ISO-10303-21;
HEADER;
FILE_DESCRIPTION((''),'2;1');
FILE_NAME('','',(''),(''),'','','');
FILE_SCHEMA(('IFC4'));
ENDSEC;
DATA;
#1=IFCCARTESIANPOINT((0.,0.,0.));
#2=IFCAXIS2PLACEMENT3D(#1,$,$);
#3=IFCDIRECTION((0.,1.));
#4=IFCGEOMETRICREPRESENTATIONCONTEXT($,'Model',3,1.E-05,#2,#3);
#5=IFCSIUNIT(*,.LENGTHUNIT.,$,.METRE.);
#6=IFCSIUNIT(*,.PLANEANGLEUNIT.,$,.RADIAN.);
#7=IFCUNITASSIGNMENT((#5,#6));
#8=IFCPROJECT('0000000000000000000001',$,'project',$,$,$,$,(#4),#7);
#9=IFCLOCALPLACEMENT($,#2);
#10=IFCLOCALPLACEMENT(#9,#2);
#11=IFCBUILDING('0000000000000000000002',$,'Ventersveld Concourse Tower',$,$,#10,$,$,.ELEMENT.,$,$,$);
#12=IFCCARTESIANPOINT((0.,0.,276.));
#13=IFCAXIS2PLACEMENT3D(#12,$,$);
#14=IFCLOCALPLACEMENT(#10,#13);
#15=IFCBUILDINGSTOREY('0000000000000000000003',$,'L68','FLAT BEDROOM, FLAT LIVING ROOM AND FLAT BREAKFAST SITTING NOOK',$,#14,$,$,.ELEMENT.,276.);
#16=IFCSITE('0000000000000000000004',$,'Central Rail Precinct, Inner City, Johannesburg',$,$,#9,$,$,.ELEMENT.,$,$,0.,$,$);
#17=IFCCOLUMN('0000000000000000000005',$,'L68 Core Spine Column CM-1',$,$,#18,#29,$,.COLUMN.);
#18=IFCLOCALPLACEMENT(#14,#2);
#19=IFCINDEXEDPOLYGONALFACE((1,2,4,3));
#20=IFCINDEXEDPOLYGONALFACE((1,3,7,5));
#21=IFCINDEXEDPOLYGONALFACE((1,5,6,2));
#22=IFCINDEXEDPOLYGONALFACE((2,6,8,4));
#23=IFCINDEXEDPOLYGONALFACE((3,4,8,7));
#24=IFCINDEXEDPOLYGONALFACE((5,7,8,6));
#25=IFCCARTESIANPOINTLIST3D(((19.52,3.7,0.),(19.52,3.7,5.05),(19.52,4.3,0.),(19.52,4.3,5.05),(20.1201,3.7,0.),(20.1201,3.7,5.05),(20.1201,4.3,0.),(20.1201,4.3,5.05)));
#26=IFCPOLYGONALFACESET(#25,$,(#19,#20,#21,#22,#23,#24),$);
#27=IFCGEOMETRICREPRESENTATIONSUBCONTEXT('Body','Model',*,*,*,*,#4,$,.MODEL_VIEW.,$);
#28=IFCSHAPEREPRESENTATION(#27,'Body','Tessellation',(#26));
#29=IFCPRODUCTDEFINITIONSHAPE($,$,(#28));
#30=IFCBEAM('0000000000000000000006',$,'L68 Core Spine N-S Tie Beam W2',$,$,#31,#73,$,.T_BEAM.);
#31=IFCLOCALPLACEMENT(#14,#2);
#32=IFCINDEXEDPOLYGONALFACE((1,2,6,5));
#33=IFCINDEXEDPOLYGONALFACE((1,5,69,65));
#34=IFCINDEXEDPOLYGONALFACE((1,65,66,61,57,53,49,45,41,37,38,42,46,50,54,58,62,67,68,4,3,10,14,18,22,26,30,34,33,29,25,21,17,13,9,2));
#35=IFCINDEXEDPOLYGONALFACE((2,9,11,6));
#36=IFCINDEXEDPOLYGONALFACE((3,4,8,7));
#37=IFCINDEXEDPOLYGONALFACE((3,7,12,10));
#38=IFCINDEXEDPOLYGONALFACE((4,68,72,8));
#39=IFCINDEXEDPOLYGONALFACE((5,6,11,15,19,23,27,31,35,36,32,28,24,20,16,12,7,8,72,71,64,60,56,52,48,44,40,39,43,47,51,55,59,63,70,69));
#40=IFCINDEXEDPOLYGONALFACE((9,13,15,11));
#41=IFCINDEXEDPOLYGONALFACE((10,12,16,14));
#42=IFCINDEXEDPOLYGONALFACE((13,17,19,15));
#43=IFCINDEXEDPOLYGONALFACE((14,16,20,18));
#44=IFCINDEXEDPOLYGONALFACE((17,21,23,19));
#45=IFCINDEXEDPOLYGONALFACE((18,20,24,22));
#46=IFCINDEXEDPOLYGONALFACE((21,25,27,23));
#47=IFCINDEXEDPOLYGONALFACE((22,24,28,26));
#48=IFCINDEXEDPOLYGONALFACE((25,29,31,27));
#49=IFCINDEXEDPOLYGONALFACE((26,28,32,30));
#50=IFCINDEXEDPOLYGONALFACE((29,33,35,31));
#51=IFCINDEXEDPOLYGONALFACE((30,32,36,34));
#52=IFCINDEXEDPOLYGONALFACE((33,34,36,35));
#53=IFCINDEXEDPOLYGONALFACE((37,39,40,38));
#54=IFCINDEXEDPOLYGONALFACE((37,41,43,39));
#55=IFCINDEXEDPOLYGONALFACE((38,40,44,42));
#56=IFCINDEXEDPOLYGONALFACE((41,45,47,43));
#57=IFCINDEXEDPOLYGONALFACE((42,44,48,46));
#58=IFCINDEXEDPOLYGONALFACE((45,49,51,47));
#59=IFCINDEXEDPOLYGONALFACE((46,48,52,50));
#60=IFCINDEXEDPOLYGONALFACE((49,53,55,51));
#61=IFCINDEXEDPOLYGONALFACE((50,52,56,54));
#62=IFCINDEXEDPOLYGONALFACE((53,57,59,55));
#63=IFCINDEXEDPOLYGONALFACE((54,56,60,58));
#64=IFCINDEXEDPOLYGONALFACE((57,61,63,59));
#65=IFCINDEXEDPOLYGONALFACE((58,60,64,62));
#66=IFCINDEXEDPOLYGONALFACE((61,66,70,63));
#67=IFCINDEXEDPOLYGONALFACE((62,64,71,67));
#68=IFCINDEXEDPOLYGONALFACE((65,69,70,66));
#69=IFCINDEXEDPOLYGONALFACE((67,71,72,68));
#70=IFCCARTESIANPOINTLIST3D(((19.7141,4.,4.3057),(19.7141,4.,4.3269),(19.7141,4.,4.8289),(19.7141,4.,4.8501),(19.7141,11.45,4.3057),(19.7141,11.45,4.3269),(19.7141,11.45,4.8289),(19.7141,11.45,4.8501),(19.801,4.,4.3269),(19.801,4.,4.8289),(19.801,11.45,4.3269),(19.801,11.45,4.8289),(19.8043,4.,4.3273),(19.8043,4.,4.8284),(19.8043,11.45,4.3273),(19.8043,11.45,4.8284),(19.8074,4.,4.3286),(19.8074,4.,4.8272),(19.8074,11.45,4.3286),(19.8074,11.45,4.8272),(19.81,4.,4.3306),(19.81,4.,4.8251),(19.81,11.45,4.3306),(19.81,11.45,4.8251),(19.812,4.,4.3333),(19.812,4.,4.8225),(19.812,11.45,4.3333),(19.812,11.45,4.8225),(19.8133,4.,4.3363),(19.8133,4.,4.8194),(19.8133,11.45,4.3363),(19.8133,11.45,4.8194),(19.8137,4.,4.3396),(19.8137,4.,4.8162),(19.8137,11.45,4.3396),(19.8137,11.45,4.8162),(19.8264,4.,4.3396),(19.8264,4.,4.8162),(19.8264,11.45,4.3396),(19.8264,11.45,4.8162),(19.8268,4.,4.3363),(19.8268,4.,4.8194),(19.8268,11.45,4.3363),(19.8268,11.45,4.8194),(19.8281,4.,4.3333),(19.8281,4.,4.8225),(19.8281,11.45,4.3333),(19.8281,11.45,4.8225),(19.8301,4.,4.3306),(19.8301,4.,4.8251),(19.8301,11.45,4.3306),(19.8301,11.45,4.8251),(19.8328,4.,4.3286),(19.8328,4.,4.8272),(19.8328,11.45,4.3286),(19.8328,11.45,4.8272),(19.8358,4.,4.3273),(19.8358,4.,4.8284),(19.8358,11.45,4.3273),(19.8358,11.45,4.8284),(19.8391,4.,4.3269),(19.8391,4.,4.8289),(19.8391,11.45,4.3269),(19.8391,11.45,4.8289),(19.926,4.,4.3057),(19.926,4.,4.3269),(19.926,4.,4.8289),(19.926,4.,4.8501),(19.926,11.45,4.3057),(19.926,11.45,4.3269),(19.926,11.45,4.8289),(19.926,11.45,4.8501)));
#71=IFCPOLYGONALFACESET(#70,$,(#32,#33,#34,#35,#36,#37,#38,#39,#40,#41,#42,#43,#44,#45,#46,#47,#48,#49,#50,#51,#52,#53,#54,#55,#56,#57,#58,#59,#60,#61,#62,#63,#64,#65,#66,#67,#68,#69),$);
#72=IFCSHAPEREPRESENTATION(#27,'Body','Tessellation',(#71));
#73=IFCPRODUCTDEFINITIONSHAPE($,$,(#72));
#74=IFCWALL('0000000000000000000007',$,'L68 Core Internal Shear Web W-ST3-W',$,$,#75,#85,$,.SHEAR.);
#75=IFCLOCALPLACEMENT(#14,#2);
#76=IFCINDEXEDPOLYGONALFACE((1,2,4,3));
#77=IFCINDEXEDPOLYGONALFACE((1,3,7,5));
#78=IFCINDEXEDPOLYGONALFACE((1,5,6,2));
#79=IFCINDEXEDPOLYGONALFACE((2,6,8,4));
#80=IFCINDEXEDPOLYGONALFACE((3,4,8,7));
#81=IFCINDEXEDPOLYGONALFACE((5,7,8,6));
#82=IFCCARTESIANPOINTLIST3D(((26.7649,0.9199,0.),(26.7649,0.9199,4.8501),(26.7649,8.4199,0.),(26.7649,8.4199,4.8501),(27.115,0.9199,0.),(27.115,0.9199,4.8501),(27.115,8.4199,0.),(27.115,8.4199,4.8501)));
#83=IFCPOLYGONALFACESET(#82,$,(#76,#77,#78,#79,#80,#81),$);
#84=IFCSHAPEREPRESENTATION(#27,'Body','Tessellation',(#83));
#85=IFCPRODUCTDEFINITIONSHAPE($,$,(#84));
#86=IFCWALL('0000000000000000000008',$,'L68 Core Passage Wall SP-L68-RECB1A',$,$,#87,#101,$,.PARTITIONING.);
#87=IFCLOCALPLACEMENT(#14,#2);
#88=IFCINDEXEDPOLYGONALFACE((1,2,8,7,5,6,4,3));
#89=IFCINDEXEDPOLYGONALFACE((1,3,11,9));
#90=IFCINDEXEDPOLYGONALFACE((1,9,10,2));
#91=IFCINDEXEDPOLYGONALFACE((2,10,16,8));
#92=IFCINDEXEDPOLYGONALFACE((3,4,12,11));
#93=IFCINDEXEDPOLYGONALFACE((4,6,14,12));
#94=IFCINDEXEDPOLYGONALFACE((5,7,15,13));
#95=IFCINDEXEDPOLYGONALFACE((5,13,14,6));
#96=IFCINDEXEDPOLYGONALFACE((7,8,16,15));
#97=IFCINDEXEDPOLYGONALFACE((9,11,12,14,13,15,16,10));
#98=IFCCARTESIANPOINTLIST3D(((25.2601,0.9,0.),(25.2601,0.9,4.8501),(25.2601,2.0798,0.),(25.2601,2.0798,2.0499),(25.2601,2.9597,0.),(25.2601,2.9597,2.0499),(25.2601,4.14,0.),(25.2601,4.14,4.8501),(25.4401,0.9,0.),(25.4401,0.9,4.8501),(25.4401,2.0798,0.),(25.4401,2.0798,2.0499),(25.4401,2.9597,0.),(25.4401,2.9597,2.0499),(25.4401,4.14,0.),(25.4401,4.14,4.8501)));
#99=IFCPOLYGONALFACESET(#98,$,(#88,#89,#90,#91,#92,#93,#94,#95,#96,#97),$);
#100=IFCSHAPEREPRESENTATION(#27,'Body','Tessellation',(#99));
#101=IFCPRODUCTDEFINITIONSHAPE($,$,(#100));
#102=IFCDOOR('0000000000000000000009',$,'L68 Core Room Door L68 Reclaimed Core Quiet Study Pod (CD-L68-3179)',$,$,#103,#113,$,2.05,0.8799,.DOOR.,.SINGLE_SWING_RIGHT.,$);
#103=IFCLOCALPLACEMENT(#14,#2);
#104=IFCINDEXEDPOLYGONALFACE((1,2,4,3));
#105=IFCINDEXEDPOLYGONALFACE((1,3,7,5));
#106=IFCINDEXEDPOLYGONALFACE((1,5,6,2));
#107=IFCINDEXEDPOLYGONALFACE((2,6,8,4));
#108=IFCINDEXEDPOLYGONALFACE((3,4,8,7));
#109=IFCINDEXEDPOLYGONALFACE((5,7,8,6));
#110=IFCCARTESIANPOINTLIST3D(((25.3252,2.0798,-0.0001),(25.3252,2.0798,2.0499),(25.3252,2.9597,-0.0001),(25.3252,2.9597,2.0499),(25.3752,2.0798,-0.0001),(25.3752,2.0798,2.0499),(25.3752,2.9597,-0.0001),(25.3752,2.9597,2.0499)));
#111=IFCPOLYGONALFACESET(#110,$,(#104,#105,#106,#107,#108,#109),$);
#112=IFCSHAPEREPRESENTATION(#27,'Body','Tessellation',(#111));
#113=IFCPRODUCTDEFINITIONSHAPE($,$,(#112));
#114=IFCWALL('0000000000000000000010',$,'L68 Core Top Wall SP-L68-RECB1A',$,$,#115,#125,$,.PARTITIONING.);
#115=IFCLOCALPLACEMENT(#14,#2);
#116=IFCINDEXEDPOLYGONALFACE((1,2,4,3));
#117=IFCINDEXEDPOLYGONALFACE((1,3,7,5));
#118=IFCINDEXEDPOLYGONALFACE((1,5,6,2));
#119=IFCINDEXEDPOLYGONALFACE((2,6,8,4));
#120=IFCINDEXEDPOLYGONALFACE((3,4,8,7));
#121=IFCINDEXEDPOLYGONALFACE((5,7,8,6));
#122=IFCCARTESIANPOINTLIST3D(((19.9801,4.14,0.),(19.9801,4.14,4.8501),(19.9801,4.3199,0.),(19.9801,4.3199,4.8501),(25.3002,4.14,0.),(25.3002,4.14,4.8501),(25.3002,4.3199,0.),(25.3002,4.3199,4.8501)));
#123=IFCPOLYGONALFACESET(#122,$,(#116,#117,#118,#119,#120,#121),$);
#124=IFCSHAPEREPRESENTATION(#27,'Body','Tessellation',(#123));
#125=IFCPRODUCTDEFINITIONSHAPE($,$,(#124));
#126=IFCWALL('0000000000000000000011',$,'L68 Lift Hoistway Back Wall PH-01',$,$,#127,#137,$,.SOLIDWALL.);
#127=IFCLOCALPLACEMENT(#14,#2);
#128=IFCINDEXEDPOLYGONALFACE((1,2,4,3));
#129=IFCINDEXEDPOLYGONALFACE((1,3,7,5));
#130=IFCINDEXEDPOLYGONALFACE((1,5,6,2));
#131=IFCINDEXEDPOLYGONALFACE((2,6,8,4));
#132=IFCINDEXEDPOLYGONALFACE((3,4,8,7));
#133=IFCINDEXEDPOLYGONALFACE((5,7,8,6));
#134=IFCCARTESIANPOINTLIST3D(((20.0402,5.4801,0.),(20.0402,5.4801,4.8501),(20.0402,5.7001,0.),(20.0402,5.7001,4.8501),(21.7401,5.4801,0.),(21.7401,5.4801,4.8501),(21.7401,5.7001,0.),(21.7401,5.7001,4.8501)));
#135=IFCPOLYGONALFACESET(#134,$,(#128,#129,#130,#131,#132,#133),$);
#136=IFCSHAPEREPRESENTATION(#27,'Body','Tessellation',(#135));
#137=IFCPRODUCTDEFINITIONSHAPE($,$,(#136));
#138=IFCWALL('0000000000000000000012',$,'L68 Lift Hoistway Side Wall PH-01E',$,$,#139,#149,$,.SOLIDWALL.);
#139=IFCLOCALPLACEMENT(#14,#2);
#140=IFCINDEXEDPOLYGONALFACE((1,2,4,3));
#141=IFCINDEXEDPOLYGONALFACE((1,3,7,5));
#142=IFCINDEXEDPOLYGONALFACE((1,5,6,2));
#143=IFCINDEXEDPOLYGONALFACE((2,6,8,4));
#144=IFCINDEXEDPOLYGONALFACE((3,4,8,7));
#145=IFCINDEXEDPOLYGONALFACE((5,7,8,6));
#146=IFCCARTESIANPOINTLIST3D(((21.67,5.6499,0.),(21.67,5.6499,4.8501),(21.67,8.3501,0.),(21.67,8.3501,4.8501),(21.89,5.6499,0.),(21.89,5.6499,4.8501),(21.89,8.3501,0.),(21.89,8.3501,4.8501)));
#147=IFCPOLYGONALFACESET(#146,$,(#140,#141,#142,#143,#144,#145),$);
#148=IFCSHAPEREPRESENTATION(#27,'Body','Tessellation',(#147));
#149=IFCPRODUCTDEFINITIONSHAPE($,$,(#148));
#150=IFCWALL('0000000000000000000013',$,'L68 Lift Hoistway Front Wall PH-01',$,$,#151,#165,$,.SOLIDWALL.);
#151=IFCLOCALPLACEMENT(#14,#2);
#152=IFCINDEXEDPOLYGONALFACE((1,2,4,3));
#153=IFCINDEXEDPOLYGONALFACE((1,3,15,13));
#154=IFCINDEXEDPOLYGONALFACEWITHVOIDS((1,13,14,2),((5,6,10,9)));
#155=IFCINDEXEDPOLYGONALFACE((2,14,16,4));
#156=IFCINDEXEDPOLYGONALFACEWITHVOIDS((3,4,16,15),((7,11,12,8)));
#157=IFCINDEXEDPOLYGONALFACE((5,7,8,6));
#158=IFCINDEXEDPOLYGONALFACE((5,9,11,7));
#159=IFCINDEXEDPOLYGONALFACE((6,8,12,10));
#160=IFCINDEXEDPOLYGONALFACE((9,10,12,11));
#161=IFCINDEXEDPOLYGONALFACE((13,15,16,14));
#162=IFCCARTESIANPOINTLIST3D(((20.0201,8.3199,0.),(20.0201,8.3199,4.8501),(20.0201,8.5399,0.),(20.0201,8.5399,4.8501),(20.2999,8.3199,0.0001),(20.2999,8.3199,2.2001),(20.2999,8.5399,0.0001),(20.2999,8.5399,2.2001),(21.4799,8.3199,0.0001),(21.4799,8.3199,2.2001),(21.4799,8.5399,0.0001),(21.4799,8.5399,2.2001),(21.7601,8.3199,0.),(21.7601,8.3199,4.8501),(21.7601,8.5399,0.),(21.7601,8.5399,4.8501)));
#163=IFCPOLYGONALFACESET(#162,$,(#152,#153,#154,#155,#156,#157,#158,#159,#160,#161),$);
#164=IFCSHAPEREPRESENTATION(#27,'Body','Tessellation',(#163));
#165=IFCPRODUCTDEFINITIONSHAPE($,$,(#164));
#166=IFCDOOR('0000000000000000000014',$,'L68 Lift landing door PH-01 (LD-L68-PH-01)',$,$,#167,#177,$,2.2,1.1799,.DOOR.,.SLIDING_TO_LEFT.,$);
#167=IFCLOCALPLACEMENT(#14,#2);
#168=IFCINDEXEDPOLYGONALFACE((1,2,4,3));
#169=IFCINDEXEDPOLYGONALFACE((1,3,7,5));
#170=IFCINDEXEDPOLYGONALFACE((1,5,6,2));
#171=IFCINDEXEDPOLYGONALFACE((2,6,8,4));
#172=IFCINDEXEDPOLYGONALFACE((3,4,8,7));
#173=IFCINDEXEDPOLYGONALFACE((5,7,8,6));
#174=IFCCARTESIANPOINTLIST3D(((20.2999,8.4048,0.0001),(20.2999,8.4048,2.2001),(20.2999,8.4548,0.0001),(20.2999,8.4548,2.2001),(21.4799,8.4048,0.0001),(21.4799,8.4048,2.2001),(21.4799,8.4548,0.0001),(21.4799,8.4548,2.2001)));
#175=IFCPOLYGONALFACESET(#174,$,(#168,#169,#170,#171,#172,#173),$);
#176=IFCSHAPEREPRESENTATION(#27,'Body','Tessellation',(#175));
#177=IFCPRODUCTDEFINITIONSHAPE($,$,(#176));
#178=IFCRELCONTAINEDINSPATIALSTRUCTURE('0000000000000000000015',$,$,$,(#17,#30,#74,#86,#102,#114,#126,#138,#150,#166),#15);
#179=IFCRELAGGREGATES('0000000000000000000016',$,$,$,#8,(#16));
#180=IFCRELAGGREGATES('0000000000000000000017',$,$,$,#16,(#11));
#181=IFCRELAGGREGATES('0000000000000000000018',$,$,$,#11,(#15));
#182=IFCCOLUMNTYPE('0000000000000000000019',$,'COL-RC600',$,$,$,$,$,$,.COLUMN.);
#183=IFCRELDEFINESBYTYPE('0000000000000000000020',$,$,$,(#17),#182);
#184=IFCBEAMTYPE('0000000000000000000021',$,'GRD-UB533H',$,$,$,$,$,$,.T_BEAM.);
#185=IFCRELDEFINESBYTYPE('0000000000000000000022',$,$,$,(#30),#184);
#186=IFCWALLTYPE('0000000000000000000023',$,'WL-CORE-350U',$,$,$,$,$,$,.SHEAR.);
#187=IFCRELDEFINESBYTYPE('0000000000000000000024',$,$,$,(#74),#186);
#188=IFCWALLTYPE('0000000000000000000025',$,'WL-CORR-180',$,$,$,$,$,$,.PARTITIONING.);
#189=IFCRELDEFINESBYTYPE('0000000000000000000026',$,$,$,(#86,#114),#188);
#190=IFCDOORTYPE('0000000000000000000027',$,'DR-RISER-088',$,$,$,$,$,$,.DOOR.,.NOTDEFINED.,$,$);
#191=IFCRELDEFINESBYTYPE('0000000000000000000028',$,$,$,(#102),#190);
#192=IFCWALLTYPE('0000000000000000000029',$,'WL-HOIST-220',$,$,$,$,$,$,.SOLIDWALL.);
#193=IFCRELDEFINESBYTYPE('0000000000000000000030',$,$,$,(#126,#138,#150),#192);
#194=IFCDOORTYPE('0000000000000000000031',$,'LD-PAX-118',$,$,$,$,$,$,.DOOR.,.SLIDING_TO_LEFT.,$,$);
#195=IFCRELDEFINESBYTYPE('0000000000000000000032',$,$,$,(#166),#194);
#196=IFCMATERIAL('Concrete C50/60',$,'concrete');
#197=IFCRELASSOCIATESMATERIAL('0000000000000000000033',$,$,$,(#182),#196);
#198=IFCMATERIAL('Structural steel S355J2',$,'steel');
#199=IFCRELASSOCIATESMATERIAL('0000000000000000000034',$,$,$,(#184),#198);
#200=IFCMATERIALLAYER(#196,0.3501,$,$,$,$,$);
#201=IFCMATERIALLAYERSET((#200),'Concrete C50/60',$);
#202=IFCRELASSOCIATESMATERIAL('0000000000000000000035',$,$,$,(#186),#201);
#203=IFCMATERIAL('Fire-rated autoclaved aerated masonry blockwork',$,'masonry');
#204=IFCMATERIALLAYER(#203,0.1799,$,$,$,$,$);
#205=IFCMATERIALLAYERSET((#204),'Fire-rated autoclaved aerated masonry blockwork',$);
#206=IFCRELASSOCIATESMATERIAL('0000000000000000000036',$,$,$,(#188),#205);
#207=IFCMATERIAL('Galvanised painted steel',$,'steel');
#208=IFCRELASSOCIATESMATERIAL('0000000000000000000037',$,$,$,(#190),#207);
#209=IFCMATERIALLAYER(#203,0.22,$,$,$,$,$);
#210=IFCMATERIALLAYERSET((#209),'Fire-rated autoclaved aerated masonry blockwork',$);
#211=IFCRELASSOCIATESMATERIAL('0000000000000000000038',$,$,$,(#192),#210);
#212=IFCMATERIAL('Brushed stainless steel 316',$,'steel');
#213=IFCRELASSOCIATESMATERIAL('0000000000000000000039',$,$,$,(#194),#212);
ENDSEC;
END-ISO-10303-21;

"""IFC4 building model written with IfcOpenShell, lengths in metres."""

from ifc_helpers import new_model, si_unit, direction, frame, frame_2d, origin, origin_2d, place, context, subcontext, project, spatial, rectangle, i_section, extrude, material, layer, layer_set, material_profile, profile_set, type_object, element, fill, save


model = new_model("IFC4")

# Units and contexts
model_context = context("Model", 3, precision=1e-05, world=origin(), true_north=direction((0.0, 1.0)))
body_context = subcontext(model_context, "Body", "Model", "MODEL_VIEW")
ifc_project = project(units=[si_unit("LENGTHUNIT", "METRE"), si_unit("PLANEANGLEUNIT", "RADIAN")], contexts=[model_context])

# Site, building, storey
site_placement = place(None, origin())
site = spatial("IfcSite", under=ifc_project, at=site_placement, Name="Central Rail Precinct, Inner City, Johannesburg", CompositionType="ELEMENT", RefElevation=0.0)
building_placement = place(site_placement, origin())
building = spatial("IfcBuilding", under=site, at=building_placement, Name="Ventersveld Concourse Tower", CompositionType="ELEMENT")
storey_placement = place(building_placement, frame((0.0, 0.0, 276.0)))
storey = spatial("IfcBuildingStorey", under=building, at=storey_placement, Name="L68", Description="FLAT BEDROOM, FLAT LIVING ROOM AND FLAT BREAKFAST SITTING NOOK", CompositionType="ELEMENT", Elevation=276.0)

# Column
ifc_material_1 = material(Name="Concrete C50/60", Category="concrete")
ifc_material_profile_1 = material_profile(ifc_material_1, rectangle(XDim=0.6001, YDim=0.6001, at=origin_2d()), Name="RC 600x600")
ifc_profile_set_1 = profile_set([ifc_material_profile_1], Name="Concrete C50/60")
column_type = type_object("IfcColumnType", Name="COL-RC600", PredefinedType="COLUMN", material=ifc_profile_set_1)
column_placement = place(storey_placement, frame((19.8201, 4.0, 0.0), z_axis=(0.0, 0.0, 1.0), x_axis=(1.0, 0.0, 0.0)))
element("IfcColumn", 1, at=column_placement, inside=storey, type_object=column_type, Name="L68 Core Spine Column CM-1", PredefinedType="COLUMN", context=body_context, shape_type="SweptSolid", body=[
    extrude(rectangle(XDim=0.6001, YDim=0.6001, at=origin_2d()), origin(), (0.0, 0.0, 1.0), 5.05),
])

# Beam
ifc_material_2 = material(Name="Structural steel S355J2", Category="steel")
ifc_material_profile_2 = material_profile(ifc_material_2, i_section(OverallWidth=0.2119, OverallDepth=0.5444, WebThickness=0.0127, FlangeThickness=0.0212, FilletRadius=0.0127, at=origin_2d()), Name="UB 533x210x122")
ifc_profile_set_2 = profile_set([ifc_material_profile_2], Name="Structural steel S355J2")
beam_type = type_object("IfcBeamType", Name="GRD-UB533H", PredefinedType="T_BEAM", material=ifc_profile_set_2)
beam_placement = place(storey_placement, frame((19.8201, 4.0, 4.5779), z_axis=(0.0, 1.0, 0.0), x_axis=(-1.0, 0.0, 0.0)))
element("IfcBeam", 2, at=beam_placement, inside=storey, type_object=beam_type, Name="L68 Core Spine N-S Tie Beam W2", PredefinedType="T_BEAM", context=body_context, shape_type="SweptSolid", body=[
    extrude(i_section(OverallWidth=0.2119, OverallDepth=0.5444, WebThickness=0.0127, FlangeThickness=0.0212, FilletRadius=0.0127, at=origin_2d()), origin(), (0.0, 0.0, 1.0), 7.45),
])

# Wall
ifc_layer_1 = layer(ifc_material_1, 0.3501)
ifc_layer_set_1 = layer_set([ifc_layer_1], Name="Concrete C50/60")
wall_type_1 = type_object("IfcWallType", Name="WL-CORE-350U", PredefinedType="SHEAR", material=ifc_layer_set_1)
wall_1_placement = place(storey_placement, frame((26.9399, 0.9199, 0.0), z_axis=(0.0, 0.0, 1.0), x_axis=(0.0, 1.0, 0.0)))
element("IfcWall", 3, at=wall_1_placement, inside=storey, type_object=wall_type_1, Name="L68 Core Internal Shear Web W-ST3-W", PredefinedType="SHEAR", context=body_context, shape_type="SweptSolid", body=[
    extrude(rectangle(XDim=7.5, YDim=0.3501, at=frame_2d((3.75, 0.0))), origin(), (0.0, 0.0, 1.0), 4.8501),
])

# Wall, opening, door
ifc_material_3 = material(Name="Fire-rated autoclaved aerated masonry blockwork", Category="masonry")
ifc_layer_2 = layer(ifc_material_3, 0.1799)
ifc_layer_set_2 = layer_set([ifc_layer_2], Name="Fire-rated autoclaved aerated masonry blockwork")
wall_type_2 = type_object("IfcWallType", Name="WL-CORR-180", PredefinedType="PARTITIONING", material=ifc_layer_set_2)
wall_2_placement = place(storey_placement, frame((25.3501, 0.8999, 0.0), z_axis=(0.0, 0.0, 1.0), x_axis=(0.0, 1.0, 0.0)))
wall_2 = element("IfcWall", 4, at=wall_2_placement, inside=storey, type_object=wall_type_2, Name="L68 Core Passage Wall SP-L68-RECB1A", PredefinedType="PARTITIONING", context=body_context, shape_type="SweptSolid", body=[
    extrude(rectangle(XDim=3.24, YDim=0.1799, at=frame_2d((1.6201, 0.0))), origin(), (0.0, 0.0, 1.0), 4.8501),
])
opening_1_placement = place(wall_2_placement, frame((1.1799, 0.0, 0.0)))
opening_1 = element("IfcOpeningElement", 5, at=opening_1_placement, cuts=wall_2, PredefinedType="OPENING", context=body_context, shape_type="SweptSolid", body=[
    extrude(rectangle(XDim=0.8799, YDim=2.05, at=frame_2d((0.4399, 1.0249))), frame((0.0, 0.1001, 0.0), z_axis=(0.0, -1.0, 0.0), x_axis=(1.0, 0.0, 0.0)), (0.0, 0.0, 1.0), 0.2),
])
ifc_material_4 = material(Name="Galvanised painted steel", Category="steel")
door_type_1 = type_object("IfcDoorType", Name="DR-RISER-088", OperationType="NOTDEFINED", PredefinedType="DOOR", material=ifc_material_4)
door_1_placement = place(opening_1_placement, origin())
door_1 = element("IfcDoor", 6, at=door_1_placement, inside=storey, type_object=door_type_1, Name="L68 Core Room Door L68 Reclaimed Core Quiet Study Pod (CD-L68-3179)", OperationType="SINGLE_SWING_RIGHT", OverallHeight=2.05, OverallWidth=0.8799, PredefinedType="DOOR", context=body_context, shape_type="SweptSolid", body=[
    extrude(rectangle(XDim=0.8799, YDim=2.05, at=frame_2d((0.4399, 1.0249))), frame((0.0, 0.0249, 0.0), z_axis=(0.0, -1.0, 0.0), x_axis=(1.0, 0.0, 0.0)), (0.0, 0.0, 1.0), 0.05),
])
fill(opening_1, door_1)

# Walls
wall_3_placement = place(storey_placement, frame((19.98, 4.23, 0.0), z_axis=(0.0, 0.0, 1.0), x_axis=(1.0, 0.0, 0.0)))
element("IfcWall", 7, at=wall_3_placement, inside=storey, type_object=wall_type_2, Name="L68 Core Top Wall SP-L68-RECB1A", PredefinedType="PARTITIONING", context=body_context, shape_type="SweptSolid", body=[
    extrude(rectangle(XDim=5.3201, YDim=0.1799, at=frame_2d((2.6602, 0.0))), origin(), (0.0, 0.0, 1.0), 4.8501),
])
ifc_layer_3 = layer(ifc_material_3, 0.22)
ifc_layer_set_3 = layer_set([ifc_layer_3], Name="Fire-rated autoclaved aerated masonry blockwork")
wall_type_3 = type_object("IfcWallType", Name="WL-HOIST-220", PredefinedType="SOLIDWALL", material=ifc_layer_set_3)
wall_4_placement = place(storey_placement, frame((20.04, 5.5901, 0.0), z_axis=(0.0, 0.0, 1.0), x_axis=(1.0, 0.0, 0.0)))
element("IfcWall", 8, at=wall_4_placement, inside=storey, type_object=wall_type_3, Name="L68 Lift Hoistway Back Wall PH-01", PredefinedType="SOLIDWALL", context=body_context, shape_type="SweptSolid", body=[
    extrude(rectangle(XDim=1.7, YDim=0.22, at=frame_2d((0.8501, 0.0))), origin(), (0.0, 0.0, 1.0), 4.8501),
])
wall_5_placement = place(storey_placement, frame((21.78, 5.6499, 0.0), z_axis=(0.0, 0.0, 1.0), x_axis=(0.0, 1.0, 0.0)))
element("IfcWall", 9, at=wall_5_placement, inside=storey, type_object=wall_type_3, Name="L68 Lift Hoistway Side Wall PH-01E", PredefinedType="SOLIDWALL", context=body_context, shape_type="SweptSolid", body=[
    extrude(rectangle(XDim=2.7002, YDim=0.22, at=frame_2d((1.3501, 0.0))), origin(), (0.0, 0.0, 1.0), 4.8501),
])

# Wall, opening, door
wall_6_placement = place(storey_placement, frame((20.02, 8.4299, 0.0), z_axis=(0.0, 0.0, 1.0), x_axis=(1.0, 0.0, 0.0)))
wall_6 = element("IfcWall", 10, at=wall_6_placement, inside=storey, type_object=wall_type_3, Name="L68 Lift Hoistway Front Wall PH-01", PredefinedType="SOLIDWALL", context=body_context, shape_type="SweptSolid", body=[
    extrude(rectangle(XDim=1.74, YDim=0.22, at=frame_2d((0.8701, 0.0))), origin(), (0.0, 0.0, 1.0), 4.8501),
])
opening_2_placement = place(wall_6_placement, frame((0.28, 0.0, 0.0)))
opening_2 = element("IfcOpeningElement", 11, at=opening_2_placement, cuts=wall_6, PredefinedType="OPENING", context=body_context, shape_type="SweptSolid", body=[
    extrude(rectangle(XDim=1.1799, YDim=2.2, at=frame_2d((0.5898, 1.1001))), frame((0.0, 0.1201, 0.0), z_axis=(0.0, -1.0, 0.0), x_axis=(1.0, 0.0, 0.0)), (0.0, 0.0, 1.0), 0.24),
])
ifc_material_5 = material(Name="Brushed stainless steel 316", Category="steel")
door_type_2 = type_object("IfcDoorType", Name="LD-PAX-118", OperationType="SLIDING_TO_LEFT", PredefinedType="DOOR", material=ifc_material_5)
door_2_placement = place(opening_2_placement, origin())
door_2 = element("IfcDoor", 12, at=door_2_placement, inside=storey, type_object=door_type_2, Name="L68 Lift landing door PH-01 (LD-L68-PH-01)", OperationType="SLIDING_TO_LEFT", OverallHeight=2.2, OverallWidth=1.1799, PredefinedType="DOOR", context=body_context, shape_type="SweptSolid", body=[
    extrude(rectangle(XDim=1.1799, YDim=2.2, at=frame_2d((0.5898, 1.1001))), frame((0.0, 0.0249, 0.0), z_axis=(0.0, -1.0, 0.0), x_axis=(1.0, 0.0, 0.0)), (0.0, 0.0, 1.0), 0.05),
])
fill(opening_2, door_2)

save(model, "model.ifc")
